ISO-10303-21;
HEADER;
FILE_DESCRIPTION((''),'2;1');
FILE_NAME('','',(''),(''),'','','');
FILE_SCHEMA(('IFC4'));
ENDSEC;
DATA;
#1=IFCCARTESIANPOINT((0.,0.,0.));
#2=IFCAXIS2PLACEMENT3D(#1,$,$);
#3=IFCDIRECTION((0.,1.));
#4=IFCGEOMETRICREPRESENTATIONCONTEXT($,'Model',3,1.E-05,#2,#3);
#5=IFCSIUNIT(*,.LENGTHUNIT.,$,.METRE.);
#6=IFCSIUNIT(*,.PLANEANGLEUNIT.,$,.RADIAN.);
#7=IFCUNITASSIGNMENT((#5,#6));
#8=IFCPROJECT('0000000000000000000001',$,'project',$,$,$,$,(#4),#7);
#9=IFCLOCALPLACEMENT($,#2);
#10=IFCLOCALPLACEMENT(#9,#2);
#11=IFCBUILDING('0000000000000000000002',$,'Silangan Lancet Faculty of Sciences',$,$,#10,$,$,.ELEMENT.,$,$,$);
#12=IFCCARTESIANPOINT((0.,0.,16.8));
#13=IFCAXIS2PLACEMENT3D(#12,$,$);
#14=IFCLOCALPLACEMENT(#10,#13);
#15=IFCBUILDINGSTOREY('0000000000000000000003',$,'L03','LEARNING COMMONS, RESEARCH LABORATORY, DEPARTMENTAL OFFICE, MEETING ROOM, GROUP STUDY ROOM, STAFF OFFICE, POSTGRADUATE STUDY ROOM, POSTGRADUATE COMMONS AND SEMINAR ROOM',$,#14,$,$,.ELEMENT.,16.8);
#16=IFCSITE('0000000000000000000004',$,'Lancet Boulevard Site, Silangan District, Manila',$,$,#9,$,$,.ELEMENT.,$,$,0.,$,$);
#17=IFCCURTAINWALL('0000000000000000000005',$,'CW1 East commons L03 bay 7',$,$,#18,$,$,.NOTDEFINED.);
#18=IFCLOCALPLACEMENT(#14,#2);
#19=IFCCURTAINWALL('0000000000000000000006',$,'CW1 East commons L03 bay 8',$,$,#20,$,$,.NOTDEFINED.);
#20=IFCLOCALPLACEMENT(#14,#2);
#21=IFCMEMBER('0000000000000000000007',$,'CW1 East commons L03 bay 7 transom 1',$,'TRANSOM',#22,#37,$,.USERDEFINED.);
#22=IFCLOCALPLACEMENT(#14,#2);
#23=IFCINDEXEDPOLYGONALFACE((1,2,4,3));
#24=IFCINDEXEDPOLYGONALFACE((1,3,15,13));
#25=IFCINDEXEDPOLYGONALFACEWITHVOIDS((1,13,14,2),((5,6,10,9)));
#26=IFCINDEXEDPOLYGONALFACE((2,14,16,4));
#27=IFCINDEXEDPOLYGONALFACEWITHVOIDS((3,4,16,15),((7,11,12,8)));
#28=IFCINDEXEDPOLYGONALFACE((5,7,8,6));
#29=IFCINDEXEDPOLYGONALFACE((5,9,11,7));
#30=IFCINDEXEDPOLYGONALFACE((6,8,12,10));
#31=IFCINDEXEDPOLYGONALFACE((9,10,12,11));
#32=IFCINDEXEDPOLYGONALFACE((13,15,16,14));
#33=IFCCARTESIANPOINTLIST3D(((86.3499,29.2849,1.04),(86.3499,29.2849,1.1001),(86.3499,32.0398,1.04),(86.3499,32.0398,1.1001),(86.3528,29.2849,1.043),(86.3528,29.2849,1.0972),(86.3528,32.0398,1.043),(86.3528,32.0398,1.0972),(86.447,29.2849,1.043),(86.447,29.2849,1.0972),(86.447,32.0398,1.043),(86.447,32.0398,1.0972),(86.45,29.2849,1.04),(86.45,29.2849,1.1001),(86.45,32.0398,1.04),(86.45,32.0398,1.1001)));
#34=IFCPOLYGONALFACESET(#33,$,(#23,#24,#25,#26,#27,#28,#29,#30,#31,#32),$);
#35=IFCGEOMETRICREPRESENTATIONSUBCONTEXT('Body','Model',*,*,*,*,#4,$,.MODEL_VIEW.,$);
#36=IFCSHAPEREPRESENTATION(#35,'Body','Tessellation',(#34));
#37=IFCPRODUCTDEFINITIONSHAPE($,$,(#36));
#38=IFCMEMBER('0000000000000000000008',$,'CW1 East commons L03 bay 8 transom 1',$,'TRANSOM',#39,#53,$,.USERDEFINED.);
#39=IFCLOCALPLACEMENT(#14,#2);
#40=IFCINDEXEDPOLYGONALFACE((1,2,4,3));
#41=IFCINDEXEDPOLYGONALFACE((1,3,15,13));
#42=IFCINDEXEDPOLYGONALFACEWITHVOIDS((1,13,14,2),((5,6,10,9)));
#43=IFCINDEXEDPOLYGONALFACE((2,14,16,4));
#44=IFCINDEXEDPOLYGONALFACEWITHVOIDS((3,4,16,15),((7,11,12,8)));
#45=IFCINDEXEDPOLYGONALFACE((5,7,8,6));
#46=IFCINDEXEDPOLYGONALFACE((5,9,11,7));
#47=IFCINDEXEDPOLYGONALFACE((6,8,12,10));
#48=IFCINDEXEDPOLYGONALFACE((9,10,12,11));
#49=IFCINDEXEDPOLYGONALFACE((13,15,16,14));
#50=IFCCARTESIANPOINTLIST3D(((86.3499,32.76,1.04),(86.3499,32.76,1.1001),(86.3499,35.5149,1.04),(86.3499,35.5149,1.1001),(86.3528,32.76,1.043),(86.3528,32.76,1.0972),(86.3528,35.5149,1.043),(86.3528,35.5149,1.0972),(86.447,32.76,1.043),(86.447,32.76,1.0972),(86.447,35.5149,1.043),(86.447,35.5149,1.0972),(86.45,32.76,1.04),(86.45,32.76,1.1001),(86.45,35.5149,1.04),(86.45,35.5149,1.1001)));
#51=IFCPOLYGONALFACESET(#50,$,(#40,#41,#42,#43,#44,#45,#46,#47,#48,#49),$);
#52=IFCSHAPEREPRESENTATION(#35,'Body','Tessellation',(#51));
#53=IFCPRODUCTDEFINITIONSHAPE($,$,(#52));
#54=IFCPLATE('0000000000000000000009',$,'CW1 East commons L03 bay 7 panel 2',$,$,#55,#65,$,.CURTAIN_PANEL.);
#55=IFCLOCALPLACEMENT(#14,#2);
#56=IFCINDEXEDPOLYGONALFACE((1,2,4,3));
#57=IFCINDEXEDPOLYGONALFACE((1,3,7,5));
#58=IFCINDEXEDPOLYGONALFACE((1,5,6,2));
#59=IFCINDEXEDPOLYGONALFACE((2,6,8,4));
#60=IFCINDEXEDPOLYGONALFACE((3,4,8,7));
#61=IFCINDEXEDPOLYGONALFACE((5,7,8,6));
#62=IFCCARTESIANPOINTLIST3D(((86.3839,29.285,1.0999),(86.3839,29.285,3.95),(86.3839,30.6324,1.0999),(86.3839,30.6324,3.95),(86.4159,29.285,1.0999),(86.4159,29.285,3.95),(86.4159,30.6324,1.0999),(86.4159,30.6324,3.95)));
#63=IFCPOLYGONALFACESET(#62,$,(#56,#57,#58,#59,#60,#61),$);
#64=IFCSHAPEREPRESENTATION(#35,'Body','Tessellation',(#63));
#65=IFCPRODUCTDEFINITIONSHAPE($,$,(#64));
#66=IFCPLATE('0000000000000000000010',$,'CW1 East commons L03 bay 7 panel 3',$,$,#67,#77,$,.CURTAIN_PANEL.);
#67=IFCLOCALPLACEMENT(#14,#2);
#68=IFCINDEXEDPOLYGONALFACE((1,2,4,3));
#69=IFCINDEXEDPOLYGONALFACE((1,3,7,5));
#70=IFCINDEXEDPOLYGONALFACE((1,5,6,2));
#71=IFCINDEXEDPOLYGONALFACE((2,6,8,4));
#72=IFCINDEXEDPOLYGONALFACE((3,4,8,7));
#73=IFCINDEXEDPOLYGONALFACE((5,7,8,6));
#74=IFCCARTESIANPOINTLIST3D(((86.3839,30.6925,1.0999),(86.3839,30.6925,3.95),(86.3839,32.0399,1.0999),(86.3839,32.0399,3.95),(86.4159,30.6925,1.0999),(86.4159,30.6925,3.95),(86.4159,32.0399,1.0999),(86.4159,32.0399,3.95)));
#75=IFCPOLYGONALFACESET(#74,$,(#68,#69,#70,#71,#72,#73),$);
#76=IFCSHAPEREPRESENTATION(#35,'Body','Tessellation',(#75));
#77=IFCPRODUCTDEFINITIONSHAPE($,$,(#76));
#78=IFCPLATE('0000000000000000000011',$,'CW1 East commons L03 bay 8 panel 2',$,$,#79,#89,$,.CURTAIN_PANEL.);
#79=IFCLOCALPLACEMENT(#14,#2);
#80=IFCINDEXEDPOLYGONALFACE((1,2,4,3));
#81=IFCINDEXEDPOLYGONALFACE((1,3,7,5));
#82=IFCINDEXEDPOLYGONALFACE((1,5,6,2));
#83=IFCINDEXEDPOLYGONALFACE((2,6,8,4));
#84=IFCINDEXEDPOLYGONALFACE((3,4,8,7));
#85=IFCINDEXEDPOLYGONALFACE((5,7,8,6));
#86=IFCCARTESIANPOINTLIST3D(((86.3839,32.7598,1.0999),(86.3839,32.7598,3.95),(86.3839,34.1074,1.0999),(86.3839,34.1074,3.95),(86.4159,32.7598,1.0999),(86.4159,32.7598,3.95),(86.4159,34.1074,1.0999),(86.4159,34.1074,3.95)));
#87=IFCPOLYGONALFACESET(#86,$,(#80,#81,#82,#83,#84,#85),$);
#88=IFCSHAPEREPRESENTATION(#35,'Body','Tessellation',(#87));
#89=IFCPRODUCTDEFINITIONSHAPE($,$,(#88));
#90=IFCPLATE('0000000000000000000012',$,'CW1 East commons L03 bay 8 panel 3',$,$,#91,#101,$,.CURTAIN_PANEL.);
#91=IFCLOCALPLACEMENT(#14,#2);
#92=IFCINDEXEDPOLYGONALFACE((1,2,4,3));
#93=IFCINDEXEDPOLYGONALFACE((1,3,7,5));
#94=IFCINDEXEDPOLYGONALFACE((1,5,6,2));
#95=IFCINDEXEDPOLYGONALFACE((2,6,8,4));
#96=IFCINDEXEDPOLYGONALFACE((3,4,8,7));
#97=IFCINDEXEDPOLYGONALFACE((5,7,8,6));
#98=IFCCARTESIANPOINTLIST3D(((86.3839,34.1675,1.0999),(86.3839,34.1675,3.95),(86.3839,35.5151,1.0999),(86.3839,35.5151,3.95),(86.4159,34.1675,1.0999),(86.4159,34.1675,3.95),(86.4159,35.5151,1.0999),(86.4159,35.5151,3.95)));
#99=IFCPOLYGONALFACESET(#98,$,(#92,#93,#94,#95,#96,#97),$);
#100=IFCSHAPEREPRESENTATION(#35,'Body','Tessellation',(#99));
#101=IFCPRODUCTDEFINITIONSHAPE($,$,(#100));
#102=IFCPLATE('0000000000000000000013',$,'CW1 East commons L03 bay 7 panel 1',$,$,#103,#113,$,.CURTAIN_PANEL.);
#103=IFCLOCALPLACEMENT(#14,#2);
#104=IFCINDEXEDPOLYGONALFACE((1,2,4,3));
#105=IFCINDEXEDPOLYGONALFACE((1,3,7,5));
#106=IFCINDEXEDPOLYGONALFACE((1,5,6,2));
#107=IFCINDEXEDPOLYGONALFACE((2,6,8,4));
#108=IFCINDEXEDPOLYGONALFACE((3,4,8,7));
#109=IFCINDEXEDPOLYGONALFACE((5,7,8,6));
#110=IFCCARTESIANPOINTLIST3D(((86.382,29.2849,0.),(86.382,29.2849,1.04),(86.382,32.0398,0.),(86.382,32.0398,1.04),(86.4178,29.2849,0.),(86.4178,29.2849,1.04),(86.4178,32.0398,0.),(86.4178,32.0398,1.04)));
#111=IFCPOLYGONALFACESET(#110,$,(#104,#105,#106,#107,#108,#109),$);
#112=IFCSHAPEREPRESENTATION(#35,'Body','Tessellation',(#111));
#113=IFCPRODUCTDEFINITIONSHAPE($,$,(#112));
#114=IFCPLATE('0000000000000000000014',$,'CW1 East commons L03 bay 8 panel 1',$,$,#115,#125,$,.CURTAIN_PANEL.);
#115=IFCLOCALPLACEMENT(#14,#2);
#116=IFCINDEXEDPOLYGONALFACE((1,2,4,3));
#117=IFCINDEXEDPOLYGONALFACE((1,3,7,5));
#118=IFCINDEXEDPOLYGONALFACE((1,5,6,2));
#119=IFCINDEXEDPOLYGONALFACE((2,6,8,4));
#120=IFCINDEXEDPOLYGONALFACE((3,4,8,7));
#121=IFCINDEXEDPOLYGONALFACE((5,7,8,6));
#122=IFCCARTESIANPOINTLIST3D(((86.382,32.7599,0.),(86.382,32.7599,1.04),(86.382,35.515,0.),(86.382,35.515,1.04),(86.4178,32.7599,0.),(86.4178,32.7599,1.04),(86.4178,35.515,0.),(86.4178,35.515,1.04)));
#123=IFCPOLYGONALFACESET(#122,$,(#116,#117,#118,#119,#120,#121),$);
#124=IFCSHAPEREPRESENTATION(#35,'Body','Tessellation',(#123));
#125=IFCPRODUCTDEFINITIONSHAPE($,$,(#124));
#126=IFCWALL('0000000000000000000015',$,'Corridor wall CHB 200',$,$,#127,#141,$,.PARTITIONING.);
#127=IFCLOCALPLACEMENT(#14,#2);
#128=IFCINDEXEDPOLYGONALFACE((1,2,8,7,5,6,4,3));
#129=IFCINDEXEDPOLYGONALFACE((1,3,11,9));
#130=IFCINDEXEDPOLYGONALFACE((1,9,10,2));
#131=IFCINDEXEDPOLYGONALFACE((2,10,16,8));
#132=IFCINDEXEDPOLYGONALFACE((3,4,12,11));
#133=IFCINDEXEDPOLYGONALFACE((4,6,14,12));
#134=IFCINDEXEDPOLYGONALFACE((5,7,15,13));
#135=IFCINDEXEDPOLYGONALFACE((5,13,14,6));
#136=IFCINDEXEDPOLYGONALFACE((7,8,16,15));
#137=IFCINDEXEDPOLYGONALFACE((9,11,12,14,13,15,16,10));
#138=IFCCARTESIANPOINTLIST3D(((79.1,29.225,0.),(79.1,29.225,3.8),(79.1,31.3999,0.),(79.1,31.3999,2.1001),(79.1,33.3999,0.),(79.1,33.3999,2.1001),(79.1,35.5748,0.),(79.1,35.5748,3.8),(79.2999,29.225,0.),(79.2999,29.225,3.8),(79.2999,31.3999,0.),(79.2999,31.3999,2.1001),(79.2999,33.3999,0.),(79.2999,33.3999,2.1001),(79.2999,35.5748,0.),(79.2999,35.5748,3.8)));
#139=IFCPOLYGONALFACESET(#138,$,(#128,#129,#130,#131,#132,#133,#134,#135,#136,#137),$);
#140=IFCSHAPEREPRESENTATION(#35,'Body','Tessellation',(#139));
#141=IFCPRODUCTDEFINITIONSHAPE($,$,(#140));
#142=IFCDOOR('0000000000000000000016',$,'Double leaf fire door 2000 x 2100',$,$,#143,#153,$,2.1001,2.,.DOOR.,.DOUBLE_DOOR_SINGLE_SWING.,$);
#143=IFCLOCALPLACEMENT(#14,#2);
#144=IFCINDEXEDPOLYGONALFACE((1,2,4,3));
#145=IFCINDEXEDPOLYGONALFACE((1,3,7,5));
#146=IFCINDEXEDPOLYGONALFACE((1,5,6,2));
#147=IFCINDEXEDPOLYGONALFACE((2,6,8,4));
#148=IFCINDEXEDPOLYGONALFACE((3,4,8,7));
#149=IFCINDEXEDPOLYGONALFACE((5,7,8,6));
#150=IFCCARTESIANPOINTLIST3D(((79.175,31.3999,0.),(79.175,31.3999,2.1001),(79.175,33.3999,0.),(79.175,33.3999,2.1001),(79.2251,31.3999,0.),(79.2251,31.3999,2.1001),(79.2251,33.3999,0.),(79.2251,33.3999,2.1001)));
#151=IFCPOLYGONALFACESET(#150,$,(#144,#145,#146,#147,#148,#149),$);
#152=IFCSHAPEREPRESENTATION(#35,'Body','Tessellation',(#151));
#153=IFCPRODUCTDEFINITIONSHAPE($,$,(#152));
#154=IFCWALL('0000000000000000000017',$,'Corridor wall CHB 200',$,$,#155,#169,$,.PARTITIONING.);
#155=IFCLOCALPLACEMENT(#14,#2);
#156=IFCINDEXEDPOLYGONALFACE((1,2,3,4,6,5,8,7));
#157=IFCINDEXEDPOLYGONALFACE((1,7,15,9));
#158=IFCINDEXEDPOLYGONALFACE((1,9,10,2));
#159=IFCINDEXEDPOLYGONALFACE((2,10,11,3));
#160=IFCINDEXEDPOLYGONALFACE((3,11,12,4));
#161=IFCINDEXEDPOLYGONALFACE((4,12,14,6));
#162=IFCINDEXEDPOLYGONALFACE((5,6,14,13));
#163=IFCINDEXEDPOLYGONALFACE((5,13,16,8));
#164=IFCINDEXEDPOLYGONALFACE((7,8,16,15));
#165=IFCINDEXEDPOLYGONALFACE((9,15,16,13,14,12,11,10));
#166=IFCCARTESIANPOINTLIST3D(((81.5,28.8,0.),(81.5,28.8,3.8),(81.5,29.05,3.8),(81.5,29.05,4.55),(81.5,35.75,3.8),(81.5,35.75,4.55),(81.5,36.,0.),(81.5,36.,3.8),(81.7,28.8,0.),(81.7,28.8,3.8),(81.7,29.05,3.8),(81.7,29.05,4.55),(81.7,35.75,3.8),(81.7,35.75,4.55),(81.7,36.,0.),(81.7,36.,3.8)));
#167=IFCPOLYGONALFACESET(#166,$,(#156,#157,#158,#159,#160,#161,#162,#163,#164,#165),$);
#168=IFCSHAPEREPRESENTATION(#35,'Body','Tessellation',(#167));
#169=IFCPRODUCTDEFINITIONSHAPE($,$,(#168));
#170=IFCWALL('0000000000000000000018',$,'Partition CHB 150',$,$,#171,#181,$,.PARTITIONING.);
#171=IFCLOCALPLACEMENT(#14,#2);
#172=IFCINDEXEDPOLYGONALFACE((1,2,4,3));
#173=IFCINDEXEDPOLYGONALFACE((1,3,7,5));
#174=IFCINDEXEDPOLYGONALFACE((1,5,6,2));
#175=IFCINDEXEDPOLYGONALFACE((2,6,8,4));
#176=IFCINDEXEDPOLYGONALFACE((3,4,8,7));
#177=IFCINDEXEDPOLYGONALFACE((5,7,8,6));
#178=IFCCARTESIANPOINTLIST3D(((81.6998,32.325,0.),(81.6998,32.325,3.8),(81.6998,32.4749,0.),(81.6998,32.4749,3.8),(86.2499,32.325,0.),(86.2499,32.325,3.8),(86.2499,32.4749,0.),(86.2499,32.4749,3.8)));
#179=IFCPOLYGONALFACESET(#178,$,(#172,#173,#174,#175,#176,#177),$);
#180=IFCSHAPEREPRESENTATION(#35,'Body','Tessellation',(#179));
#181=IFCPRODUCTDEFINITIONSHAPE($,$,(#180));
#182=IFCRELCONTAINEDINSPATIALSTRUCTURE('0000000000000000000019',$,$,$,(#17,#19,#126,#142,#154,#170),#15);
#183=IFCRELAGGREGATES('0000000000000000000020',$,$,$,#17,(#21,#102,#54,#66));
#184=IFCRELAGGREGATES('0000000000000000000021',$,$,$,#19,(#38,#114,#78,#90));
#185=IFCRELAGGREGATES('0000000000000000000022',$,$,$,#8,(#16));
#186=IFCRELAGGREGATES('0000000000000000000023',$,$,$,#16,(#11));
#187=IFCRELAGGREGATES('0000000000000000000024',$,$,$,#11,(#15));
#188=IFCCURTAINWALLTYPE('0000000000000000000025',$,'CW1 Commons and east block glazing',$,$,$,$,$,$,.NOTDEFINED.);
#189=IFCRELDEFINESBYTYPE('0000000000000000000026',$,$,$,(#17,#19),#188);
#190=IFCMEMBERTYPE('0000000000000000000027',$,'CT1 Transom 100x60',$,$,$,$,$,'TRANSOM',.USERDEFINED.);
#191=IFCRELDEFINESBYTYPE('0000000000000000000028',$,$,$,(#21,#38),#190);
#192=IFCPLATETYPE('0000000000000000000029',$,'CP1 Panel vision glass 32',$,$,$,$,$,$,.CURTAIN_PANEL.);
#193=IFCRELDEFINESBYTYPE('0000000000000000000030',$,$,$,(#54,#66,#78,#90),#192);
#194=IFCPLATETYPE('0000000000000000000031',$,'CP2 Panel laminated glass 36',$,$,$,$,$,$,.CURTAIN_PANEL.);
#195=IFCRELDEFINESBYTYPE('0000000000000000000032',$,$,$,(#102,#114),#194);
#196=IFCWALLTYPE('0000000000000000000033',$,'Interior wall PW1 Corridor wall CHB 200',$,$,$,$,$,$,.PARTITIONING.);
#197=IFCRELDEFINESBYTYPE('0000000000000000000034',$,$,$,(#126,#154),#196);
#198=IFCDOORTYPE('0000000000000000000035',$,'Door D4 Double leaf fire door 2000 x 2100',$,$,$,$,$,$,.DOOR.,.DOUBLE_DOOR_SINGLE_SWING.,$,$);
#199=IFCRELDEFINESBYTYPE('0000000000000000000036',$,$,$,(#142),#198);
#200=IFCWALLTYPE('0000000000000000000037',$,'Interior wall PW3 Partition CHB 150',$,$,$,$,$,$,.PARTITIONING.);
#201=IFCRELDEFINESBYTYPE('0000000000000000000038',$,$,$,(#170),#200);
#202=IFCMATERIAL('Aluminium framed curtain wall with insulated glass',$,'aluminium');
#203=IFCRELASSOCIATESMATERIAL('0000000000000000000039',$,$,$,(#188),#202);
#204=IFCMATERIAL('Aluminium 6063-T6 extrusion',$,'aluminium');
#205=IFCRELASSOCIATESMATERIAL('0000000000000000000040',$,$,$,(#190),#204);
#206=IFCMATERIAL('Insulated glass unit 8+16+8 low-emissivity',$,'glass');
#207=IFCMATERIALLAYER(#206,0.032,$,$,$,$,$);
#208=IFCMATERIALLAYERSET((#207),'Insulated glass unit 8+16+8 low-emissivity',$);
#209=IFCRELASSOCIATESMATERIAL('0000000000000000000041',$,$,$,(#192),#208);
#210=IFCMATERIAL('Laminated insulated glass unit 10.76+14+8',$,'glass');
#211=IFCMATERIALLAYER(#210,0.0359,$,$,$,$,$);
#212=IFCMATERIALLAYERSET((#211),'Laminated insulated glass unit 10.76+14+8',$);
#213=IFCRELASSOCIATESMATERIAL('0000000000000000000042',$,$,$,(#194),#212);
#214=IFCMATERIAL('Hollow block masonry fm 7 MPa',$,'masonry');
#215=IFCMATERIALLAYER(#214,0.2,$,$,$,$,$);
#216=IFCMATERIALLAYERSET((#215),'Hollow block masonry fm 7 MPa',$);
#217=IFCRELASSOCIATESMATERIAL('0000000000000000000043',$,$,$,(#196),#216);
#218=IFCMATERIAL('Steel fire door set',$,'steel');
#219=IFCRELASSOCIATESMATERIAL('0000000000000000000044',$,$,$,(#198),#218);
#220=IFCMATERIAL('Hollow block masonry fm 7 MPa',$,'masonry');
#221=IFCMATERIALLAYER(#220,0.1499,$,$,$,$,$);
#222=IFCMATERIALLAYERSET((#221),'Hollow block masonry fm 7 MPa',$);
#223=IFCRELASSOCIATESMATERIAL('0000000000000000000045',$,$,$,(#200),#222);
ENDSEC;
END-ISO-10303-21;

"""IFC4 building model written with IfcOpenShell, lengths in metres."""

from ifc_helpers import new_model, si_unit, direction, frame, frame_2d, origin, origin_2d, place, context, subcontext, project, spatial, polyline, rectangle, hollow_rectangle, outline, extrude, material, layer, layer_set, material_profile, profile_set, type_object, element, fill, aggregate, save


model = new_model("IFC4")

# Units and contexts
model_context = context("Model", 3, precision=1e-05, world=origin(), true_north=direction((0.0, 1.0)))
body_context = subcontext(model_context, "Body", "Model", "MODEL_VIEW")
ifc_project = project(units=[si_unit("LENGTHUNIT", "METRE"), si_unit("PLANEANGLEUNIT", "RADIAN")], contexts=[model_context])

# Site, building, storey
site_placement = place(None, origin())
site = spatial("IfcSite", under=ifc_project, at=site_placement, Name="Lancet Boulevard Site, Silangan District, Manila", CompositionType="ELEMENT", RefElevation=0.0)
building_placement = place(site_placement, origin())
building = spatial("IfcBuilding", under=site, at=building_placement, Name="Silangan Lancet Faculty of Sciences", CompositionType="ELEMENT")
storey_placement = place(building_placement, frame((0.0, 0.0, 16.8)))
storey = spatial("IfcBuildingStorey", under=building, at=storey_placement, Name="L03", Description="LEARNING COMMONS, RESEARCH LABORATORY, DEPARTMENTAL OFFICE, MEETING ROOM, GROUP STUDY ROOM, STAFF OFFICE, POSTGRADUATE STUDY ROOM, POSTGRADUATE COMMONS AND SEMINAR ROOM", CompositionType="ELEMENT", Elevation=16.8)

# Curtain walls
ifc_material_1 = material(Name="Aluminium framed curtain wall with insulated glass", Category="aluminium")
curtain_wall_type = type_object("IfcCurtainWallType", Name="CW1 Commons and east block glazing", PredefinedType="NOTDEFINED", material=ifc_material_1)
curtain_wall_1_placement = place(storey_placement, origin())
curtain_wall_1 = element("IfcCurtainWall", 1, at=curtain_wall_1_placement, inside=storey, type_object=curtain_wall_type, Name="CW1 East commons L03 bay 7", PredefinedType="NOTDEFINED")
curtain_wall_2_placement = place(storey_placement, origin())
curtain_wall_2 = element("IfcCurtainWall", 2, at=curtain_wall_2_placement, inside=storey, type_object=curtain_wall_type, Name="CW1 East commons L03 bay 8", PredefinedType="NOTDEFINED")

# Members
ifc_material_2 = material(Name="Aluminium 6063-T6 extrusion", Category="aluminium")
ifc_material_profile_1 = material_profile(ifc_material_2, hollow_rectangle(XDim=0.1001, YDim=0.0601, WallThickness=0.0029, at=origin_2d()), Name="AL BOX 100x60x3")
ifc_profile_set_1 = profile_set([ifc_material_profile_1], Name="Aluminium 6063-T6 extrusion")
member_type_1 = type_object("IfcMemberType", Name="CT1 Transom 100x60", ElementType="TRANSOM", PredefinedType="USERDEFINED", material=ifc_profile_set_1)
member_1_placement = place(storey_placement, frame((86.3999, 29.2849, 1.0701), z_axis=(0.0, 1.0, 0.0), x_axis=(-1.0, 0.0, 0.0)))
member_1 = element("IfcMember", 3, at=member_1_placement, type_object=member_type_1, Name="CW1 East commons L03 bay 7 transom 1", ObjectType="TRANSOM", PredefinedType="USERDEFINED", context=body_context, shape_type="SweptSolid", body=[
    extrude(hollow_rectangle(XDim=0.1001, YDim=0.0601, WallThickness=0.0029, at=origin_2d()), origin(), (0.0, 0.0, 1.0), 2.7549),
])
member_2_placement = place(storey_placement, frame((86.3999, 32.76, 1.0701), z_axis=(0.0, 1.0, 0.0), x_axis=(-1.0, 0.0, 0.0)))
member_2 = element("IfcMember", 4, at=member_2_placement, type_object=member_type_1, Name="CW1 East commons L03 bay 8 transom 1", ObjectType="TRANSOM", PredefinedType="USERDEFINED", context=body_context, shape_type="SweptSolid", body=[
    extrude(hollow_rectangle(XDim=0.1001, YDim=0.0601, WallThickness=0.0029, at=origin_2d()), origin(), (0.0, 0.0, 1.0), 2.7549),
])

# Plates
ifc_material_3 = material(Name="Insulated glass unit 8+16+8 low-emissivity", Category="glass")
ifc_layer_1 = layer(ifc_material_3, 0.032)
ifc_layer_set_1 = layer_set([ifc_layer_1], Name="Insulated glass unit 8+16+8 low-emissivity")
plate_type_1 = type_object("IfcPlateType", Name="CP1 Panel vision glass 32", PredefinedType="CURTAIN_PANEL", material=ifc_layer_set_1)
plate_1_placement = place(storey_placement, frame((86.3999, 29.9587, 1.0999), z_axis=(0.0, 0.0, 1.0), x_axis=(0.0, 1.0, 0.0)))
plate_1 = element("IfcPlate", 5, at=plate_1_placement, type_object=plate_type_1, Name="CW1 East commons L03 bay 7 panel 2", PredefinedType="CURTAIN_PANEL", context=body_context, shape_type="SweptSolid", body=[
    extrude(rectangle(XDim=1.3474, YDim=0.032, at=origin_2d()), origin(), (0.0, 0.0, 1.0), 2.8501),
])
plate_2_placement = place(storey_placement, frame((86.3999, 31.3662, 1.0999), z_axis=(0.0, 0.0, 1.0), x_axis=(0.0, 1.0, 0.0)))
plate_2 = element("IfcPlate", 6, at=plate_2_placement, type_object=plate_type_1, Name="CW1 East commons L03 bay 7 panel 3", PredefinedType="CURTAIN_PANEL", context=body_context, shape_type="SweptSolid", body=[
    extrude(rectangle(XDim=1.3474, YDim=0.032, at=origin_2d()), origin(), (0.0, 0.0, 1.0), 2.8501),
])
plate_3_placement = place(storey_placement, frame((86.3999, 33.4336, 1.0999), z_axis=(0.0, 0.0, 1.0), x_axis=(0.0, 1.0, 0.0)))
plate_3 = element("IfcPlate", 7, at=plate_3_placement, type_object=plate_type_1, Name="CW1 East commons L03 bay 8 panel 2", PredefinedType="CURTAIN_PANEL", context=body_context, shape_type="SweptSolid", body=[
    extrude(rectangle(XDim=1.3477, YDim=0.032, at=origin_2d()), origin(), (0.0, 0.0, 1.0), 2.8501),
])
plate_4_placement = place(storey_placement, frame((86.3999, 34.8413, 1.0999), z_axis=(0.0, 0.0, 1.0), x_axis=(0.0, 1.0, 0.0)))
plate_4 = element("IfcPlate", 8, at=plate_4_placement, type_object=plate_type_1, Name="CW1 East commons L03 bay 8 panel 3", PredefinedType="CURTAIN_PANEL", context=body_context, shape_type="SweptSolid", body=[
    extrude(rectangle(XDim=1.3477, YDim=0.032, at=origin_2d()), origin(), (0.0, 0.0, 1.0), 2.8501),
])
ifc_material_4 = material(Name="Laminated insulated glass unit 10.76+14+8", Category="glass")
ifc_layer_2 = layer(ifc_material_4, 0.0359)
ifc_layer_set_2 = layer_set([ifc_layer_2], Name="Laminated insulated glass unit 10.76+14+8")
plate_type_2 = type_object("IfcPlateType", Name="CP2 Panel laminated glass 36", PredefinedType="CURTAIN_PANEL", material=ifc_layer_set_2)
plate_5_placement = place(storey_placement, frame((86.3999, 30.6624, 0.0), z_axis=(0.0, 0.0, 1.0), x_axis=(0.0, 1.0, 0.0)))
plate_5 = element("IfcPlate", 9, at=plate_5_placement, type_object=plate_type_2, Name="CW1 East commons L03 bay 7 panel 1", PredefinedType="CURTAIN_PANEL", context=body_context, shape_type="SweptSolid", body=[
    extrude(rectangle(XDim=2.7549, YDim=0.0359, at=origin_2d()), origin(), (0.0, 0.0, 1.0), 1.04),
])
aggregate(curtain_wall_1, [member_1, plate_5, plate_1, plate_2])
plate_6_placement = place(storey_placement, frame((86.3999, 34.1375, 0.0), z_axis=(0.0, 0.0, 1.0), x_axis=(0.0, 1.0, 0.0)))
plate_6 = element("IfcPlate", 10, at=plate_6_placement, type_object=plate_type_2, Name="CW1 East commons L03 bay 8 panel 1", PredefinedType="CURTAIN_PANEL", context=body_context, shape_type="SweptSolid", body=[
    extrude(rectangle(XDim=2.7551, YDim=0.0359, at=origin_2d()), origin(), (0.0, 0.0, 1.0), 1.04),
])
aggregate(curtain_wall_2, [member_2, plate_6, plate_3, plate_4])

# Wall, opening, door
ifc_material_5 = material(Name="Hollow block masonry fm 7 MPa", Category="masonry")
ifc_layer_3 = layer(ifc_material_5, 0.2)
ifc_layer_set_3 = layer_set([ifc_layer_3], Name="Hollow block masonry fm 7 MPa")
wall_type_1 = type_object("IfcWallType", Name="Interior wall PW1 Corridor wall CHB 200", PredefinedType="PARTITIONING", material=ifc_layer_set_3)
wall_1_placement = place(storey_placement, frame((79.2, 29.2251, 0.0), z_axis=(0.0, 0.0, 1.0), x_axis=(0.0, 1.0, 0.0)))
wall_1 = element("IfcWall", 11, at=wall_1_placement, inside=storey, type_object=wall_type_1, Name="Corridor wall CHB 200", PredefinedType="PARTITIONING", context=body_context, shape_type="SweptSolid", body=[
    extrude(rectangle(XDim=6.3499, YDim=0.2, at=frame_2d((3.1748, 0.0))), origin(), (0.0, 0.0, 1.0), 3.8),
])
opening_placement = place(wall_1_placement, frame((2.1748, 0.0, 0.0)))
opening = element("IfcOpeningElement", 12, at=opening_placement, cuts=wall_1, PredefinedType="OPENING", context=body_context, shape_type="SweptSolid", body=[
    extrude(rectangle(XDim=2.0, YDim=2.1001, at=frame_2d((1.0, 1.05))), frame((0.0, 0.1099, 0.0), z_axis=(0.0, -1.0, 0.0), x_axis=(1.0, 0.0, 0.0)), (0.0, 0.0, 1.0), 0.22),
])
ifc_material_6 = material(Name="Steel fire door set", Category="steel")
door_type = type_object("IfcDoorType", Name="Door D4 Double leaf fire door 2000 x 2100", OperationType="DOUBLE_DOOR_SINGLE_SWING", PredefinedType="DOOR", material=ifc_material_6)
door_placement = place(opening_placement, origin())
door = element("IfcDoor", 13, at=door_placement, inside=storey, type_object=door_type, Name="Double leaf fire door 2000 x 2100", OperationType="DOUBLE_DOOR_SINGLE_SWING", OverallHeight=2.1001, OverallWidth=2.0, PredefinedType="DOOR", context=body_context, shape_type="SweptSolid", body=[
    extrude(rectangle(XDim=2.0, YDim=2.1001, at=frame_2d((1.0, 1.05))), frame((0.0, 0.0249, 0.0), z_axis=(0.0, -1.0, 0.0), x_axis=(1.0, 0.0, 0.0)), (0.0, 0.0, 1.0), 0.05),
])
fill(opening, door)

# Walls
wall_2_placement = place(storey_placement, frame((81.6001, 28.8, 0.0), z_axis=(0.0, 0.0, 1.0), x_axis=(0.0, 1.0, 0.0)))
element("IfcWall", 14, at=wall_2_placement, inside=storey, type_object=wall_type_1, Name="Corridor wall CHB 200", PredefinedType="PARTITIONING", context=body_context, shape_type="SweptSolid", body=[
    extrude(outline(polyline([(0.0, 0.0), (7.2, 0.0), (7.2, 3.8), (6.95, 3.8), (6.95, 4.55), (0.25, 4.55), (0.25, 3.8), (0.0, 3.8), (0.0, 0.0)])), frame((0.0, 0.1001, 0.0), z_axis=(0.0, -1.0, 0.0), x_axis=(1.0, 0.0, 0.0)), (0.0, 0.0, 1.0), 0.2),
])
ifc_material_7 = material(Name="Hollow block masonry fm 7 MPa", Category="masonry")
ifc_layer_4 = layer(ifc_material_7, 0.1499)
ifc_layer_set_4 = layer_set([ifc_layer_4], Name="Hollow block masonry fm 7 MPa")
wall_type_2 = type_object("IfcWallType", Name="Interior wall PW3 Partition CHB 150", PredefinedType="PARTITIONING", material=ifc_layer_set_4)
wall_3_placement = place(storey_placement, frame((81.7, 32.3999, 0.0), z_axis=(0.0, 0.0, 1.0), x_axis=(1.0, 0.0, 0.0)))
element("IfcWall", 15, at=wall_3_placement, inside=storey, type_object=wall_type_2, Name="Partition CHB 150", PredefinedType="PARTITIONING", context=body_context, shape_type="SweptSolid", body=[
    extrude(rectangle(XDim=4.55, YDim=0.1499, at=frame_2d((2.2749, 0.0))), origin(), (0.0, 0.0, 1.0), 3.8),
])

save(model, "model.ifc")
